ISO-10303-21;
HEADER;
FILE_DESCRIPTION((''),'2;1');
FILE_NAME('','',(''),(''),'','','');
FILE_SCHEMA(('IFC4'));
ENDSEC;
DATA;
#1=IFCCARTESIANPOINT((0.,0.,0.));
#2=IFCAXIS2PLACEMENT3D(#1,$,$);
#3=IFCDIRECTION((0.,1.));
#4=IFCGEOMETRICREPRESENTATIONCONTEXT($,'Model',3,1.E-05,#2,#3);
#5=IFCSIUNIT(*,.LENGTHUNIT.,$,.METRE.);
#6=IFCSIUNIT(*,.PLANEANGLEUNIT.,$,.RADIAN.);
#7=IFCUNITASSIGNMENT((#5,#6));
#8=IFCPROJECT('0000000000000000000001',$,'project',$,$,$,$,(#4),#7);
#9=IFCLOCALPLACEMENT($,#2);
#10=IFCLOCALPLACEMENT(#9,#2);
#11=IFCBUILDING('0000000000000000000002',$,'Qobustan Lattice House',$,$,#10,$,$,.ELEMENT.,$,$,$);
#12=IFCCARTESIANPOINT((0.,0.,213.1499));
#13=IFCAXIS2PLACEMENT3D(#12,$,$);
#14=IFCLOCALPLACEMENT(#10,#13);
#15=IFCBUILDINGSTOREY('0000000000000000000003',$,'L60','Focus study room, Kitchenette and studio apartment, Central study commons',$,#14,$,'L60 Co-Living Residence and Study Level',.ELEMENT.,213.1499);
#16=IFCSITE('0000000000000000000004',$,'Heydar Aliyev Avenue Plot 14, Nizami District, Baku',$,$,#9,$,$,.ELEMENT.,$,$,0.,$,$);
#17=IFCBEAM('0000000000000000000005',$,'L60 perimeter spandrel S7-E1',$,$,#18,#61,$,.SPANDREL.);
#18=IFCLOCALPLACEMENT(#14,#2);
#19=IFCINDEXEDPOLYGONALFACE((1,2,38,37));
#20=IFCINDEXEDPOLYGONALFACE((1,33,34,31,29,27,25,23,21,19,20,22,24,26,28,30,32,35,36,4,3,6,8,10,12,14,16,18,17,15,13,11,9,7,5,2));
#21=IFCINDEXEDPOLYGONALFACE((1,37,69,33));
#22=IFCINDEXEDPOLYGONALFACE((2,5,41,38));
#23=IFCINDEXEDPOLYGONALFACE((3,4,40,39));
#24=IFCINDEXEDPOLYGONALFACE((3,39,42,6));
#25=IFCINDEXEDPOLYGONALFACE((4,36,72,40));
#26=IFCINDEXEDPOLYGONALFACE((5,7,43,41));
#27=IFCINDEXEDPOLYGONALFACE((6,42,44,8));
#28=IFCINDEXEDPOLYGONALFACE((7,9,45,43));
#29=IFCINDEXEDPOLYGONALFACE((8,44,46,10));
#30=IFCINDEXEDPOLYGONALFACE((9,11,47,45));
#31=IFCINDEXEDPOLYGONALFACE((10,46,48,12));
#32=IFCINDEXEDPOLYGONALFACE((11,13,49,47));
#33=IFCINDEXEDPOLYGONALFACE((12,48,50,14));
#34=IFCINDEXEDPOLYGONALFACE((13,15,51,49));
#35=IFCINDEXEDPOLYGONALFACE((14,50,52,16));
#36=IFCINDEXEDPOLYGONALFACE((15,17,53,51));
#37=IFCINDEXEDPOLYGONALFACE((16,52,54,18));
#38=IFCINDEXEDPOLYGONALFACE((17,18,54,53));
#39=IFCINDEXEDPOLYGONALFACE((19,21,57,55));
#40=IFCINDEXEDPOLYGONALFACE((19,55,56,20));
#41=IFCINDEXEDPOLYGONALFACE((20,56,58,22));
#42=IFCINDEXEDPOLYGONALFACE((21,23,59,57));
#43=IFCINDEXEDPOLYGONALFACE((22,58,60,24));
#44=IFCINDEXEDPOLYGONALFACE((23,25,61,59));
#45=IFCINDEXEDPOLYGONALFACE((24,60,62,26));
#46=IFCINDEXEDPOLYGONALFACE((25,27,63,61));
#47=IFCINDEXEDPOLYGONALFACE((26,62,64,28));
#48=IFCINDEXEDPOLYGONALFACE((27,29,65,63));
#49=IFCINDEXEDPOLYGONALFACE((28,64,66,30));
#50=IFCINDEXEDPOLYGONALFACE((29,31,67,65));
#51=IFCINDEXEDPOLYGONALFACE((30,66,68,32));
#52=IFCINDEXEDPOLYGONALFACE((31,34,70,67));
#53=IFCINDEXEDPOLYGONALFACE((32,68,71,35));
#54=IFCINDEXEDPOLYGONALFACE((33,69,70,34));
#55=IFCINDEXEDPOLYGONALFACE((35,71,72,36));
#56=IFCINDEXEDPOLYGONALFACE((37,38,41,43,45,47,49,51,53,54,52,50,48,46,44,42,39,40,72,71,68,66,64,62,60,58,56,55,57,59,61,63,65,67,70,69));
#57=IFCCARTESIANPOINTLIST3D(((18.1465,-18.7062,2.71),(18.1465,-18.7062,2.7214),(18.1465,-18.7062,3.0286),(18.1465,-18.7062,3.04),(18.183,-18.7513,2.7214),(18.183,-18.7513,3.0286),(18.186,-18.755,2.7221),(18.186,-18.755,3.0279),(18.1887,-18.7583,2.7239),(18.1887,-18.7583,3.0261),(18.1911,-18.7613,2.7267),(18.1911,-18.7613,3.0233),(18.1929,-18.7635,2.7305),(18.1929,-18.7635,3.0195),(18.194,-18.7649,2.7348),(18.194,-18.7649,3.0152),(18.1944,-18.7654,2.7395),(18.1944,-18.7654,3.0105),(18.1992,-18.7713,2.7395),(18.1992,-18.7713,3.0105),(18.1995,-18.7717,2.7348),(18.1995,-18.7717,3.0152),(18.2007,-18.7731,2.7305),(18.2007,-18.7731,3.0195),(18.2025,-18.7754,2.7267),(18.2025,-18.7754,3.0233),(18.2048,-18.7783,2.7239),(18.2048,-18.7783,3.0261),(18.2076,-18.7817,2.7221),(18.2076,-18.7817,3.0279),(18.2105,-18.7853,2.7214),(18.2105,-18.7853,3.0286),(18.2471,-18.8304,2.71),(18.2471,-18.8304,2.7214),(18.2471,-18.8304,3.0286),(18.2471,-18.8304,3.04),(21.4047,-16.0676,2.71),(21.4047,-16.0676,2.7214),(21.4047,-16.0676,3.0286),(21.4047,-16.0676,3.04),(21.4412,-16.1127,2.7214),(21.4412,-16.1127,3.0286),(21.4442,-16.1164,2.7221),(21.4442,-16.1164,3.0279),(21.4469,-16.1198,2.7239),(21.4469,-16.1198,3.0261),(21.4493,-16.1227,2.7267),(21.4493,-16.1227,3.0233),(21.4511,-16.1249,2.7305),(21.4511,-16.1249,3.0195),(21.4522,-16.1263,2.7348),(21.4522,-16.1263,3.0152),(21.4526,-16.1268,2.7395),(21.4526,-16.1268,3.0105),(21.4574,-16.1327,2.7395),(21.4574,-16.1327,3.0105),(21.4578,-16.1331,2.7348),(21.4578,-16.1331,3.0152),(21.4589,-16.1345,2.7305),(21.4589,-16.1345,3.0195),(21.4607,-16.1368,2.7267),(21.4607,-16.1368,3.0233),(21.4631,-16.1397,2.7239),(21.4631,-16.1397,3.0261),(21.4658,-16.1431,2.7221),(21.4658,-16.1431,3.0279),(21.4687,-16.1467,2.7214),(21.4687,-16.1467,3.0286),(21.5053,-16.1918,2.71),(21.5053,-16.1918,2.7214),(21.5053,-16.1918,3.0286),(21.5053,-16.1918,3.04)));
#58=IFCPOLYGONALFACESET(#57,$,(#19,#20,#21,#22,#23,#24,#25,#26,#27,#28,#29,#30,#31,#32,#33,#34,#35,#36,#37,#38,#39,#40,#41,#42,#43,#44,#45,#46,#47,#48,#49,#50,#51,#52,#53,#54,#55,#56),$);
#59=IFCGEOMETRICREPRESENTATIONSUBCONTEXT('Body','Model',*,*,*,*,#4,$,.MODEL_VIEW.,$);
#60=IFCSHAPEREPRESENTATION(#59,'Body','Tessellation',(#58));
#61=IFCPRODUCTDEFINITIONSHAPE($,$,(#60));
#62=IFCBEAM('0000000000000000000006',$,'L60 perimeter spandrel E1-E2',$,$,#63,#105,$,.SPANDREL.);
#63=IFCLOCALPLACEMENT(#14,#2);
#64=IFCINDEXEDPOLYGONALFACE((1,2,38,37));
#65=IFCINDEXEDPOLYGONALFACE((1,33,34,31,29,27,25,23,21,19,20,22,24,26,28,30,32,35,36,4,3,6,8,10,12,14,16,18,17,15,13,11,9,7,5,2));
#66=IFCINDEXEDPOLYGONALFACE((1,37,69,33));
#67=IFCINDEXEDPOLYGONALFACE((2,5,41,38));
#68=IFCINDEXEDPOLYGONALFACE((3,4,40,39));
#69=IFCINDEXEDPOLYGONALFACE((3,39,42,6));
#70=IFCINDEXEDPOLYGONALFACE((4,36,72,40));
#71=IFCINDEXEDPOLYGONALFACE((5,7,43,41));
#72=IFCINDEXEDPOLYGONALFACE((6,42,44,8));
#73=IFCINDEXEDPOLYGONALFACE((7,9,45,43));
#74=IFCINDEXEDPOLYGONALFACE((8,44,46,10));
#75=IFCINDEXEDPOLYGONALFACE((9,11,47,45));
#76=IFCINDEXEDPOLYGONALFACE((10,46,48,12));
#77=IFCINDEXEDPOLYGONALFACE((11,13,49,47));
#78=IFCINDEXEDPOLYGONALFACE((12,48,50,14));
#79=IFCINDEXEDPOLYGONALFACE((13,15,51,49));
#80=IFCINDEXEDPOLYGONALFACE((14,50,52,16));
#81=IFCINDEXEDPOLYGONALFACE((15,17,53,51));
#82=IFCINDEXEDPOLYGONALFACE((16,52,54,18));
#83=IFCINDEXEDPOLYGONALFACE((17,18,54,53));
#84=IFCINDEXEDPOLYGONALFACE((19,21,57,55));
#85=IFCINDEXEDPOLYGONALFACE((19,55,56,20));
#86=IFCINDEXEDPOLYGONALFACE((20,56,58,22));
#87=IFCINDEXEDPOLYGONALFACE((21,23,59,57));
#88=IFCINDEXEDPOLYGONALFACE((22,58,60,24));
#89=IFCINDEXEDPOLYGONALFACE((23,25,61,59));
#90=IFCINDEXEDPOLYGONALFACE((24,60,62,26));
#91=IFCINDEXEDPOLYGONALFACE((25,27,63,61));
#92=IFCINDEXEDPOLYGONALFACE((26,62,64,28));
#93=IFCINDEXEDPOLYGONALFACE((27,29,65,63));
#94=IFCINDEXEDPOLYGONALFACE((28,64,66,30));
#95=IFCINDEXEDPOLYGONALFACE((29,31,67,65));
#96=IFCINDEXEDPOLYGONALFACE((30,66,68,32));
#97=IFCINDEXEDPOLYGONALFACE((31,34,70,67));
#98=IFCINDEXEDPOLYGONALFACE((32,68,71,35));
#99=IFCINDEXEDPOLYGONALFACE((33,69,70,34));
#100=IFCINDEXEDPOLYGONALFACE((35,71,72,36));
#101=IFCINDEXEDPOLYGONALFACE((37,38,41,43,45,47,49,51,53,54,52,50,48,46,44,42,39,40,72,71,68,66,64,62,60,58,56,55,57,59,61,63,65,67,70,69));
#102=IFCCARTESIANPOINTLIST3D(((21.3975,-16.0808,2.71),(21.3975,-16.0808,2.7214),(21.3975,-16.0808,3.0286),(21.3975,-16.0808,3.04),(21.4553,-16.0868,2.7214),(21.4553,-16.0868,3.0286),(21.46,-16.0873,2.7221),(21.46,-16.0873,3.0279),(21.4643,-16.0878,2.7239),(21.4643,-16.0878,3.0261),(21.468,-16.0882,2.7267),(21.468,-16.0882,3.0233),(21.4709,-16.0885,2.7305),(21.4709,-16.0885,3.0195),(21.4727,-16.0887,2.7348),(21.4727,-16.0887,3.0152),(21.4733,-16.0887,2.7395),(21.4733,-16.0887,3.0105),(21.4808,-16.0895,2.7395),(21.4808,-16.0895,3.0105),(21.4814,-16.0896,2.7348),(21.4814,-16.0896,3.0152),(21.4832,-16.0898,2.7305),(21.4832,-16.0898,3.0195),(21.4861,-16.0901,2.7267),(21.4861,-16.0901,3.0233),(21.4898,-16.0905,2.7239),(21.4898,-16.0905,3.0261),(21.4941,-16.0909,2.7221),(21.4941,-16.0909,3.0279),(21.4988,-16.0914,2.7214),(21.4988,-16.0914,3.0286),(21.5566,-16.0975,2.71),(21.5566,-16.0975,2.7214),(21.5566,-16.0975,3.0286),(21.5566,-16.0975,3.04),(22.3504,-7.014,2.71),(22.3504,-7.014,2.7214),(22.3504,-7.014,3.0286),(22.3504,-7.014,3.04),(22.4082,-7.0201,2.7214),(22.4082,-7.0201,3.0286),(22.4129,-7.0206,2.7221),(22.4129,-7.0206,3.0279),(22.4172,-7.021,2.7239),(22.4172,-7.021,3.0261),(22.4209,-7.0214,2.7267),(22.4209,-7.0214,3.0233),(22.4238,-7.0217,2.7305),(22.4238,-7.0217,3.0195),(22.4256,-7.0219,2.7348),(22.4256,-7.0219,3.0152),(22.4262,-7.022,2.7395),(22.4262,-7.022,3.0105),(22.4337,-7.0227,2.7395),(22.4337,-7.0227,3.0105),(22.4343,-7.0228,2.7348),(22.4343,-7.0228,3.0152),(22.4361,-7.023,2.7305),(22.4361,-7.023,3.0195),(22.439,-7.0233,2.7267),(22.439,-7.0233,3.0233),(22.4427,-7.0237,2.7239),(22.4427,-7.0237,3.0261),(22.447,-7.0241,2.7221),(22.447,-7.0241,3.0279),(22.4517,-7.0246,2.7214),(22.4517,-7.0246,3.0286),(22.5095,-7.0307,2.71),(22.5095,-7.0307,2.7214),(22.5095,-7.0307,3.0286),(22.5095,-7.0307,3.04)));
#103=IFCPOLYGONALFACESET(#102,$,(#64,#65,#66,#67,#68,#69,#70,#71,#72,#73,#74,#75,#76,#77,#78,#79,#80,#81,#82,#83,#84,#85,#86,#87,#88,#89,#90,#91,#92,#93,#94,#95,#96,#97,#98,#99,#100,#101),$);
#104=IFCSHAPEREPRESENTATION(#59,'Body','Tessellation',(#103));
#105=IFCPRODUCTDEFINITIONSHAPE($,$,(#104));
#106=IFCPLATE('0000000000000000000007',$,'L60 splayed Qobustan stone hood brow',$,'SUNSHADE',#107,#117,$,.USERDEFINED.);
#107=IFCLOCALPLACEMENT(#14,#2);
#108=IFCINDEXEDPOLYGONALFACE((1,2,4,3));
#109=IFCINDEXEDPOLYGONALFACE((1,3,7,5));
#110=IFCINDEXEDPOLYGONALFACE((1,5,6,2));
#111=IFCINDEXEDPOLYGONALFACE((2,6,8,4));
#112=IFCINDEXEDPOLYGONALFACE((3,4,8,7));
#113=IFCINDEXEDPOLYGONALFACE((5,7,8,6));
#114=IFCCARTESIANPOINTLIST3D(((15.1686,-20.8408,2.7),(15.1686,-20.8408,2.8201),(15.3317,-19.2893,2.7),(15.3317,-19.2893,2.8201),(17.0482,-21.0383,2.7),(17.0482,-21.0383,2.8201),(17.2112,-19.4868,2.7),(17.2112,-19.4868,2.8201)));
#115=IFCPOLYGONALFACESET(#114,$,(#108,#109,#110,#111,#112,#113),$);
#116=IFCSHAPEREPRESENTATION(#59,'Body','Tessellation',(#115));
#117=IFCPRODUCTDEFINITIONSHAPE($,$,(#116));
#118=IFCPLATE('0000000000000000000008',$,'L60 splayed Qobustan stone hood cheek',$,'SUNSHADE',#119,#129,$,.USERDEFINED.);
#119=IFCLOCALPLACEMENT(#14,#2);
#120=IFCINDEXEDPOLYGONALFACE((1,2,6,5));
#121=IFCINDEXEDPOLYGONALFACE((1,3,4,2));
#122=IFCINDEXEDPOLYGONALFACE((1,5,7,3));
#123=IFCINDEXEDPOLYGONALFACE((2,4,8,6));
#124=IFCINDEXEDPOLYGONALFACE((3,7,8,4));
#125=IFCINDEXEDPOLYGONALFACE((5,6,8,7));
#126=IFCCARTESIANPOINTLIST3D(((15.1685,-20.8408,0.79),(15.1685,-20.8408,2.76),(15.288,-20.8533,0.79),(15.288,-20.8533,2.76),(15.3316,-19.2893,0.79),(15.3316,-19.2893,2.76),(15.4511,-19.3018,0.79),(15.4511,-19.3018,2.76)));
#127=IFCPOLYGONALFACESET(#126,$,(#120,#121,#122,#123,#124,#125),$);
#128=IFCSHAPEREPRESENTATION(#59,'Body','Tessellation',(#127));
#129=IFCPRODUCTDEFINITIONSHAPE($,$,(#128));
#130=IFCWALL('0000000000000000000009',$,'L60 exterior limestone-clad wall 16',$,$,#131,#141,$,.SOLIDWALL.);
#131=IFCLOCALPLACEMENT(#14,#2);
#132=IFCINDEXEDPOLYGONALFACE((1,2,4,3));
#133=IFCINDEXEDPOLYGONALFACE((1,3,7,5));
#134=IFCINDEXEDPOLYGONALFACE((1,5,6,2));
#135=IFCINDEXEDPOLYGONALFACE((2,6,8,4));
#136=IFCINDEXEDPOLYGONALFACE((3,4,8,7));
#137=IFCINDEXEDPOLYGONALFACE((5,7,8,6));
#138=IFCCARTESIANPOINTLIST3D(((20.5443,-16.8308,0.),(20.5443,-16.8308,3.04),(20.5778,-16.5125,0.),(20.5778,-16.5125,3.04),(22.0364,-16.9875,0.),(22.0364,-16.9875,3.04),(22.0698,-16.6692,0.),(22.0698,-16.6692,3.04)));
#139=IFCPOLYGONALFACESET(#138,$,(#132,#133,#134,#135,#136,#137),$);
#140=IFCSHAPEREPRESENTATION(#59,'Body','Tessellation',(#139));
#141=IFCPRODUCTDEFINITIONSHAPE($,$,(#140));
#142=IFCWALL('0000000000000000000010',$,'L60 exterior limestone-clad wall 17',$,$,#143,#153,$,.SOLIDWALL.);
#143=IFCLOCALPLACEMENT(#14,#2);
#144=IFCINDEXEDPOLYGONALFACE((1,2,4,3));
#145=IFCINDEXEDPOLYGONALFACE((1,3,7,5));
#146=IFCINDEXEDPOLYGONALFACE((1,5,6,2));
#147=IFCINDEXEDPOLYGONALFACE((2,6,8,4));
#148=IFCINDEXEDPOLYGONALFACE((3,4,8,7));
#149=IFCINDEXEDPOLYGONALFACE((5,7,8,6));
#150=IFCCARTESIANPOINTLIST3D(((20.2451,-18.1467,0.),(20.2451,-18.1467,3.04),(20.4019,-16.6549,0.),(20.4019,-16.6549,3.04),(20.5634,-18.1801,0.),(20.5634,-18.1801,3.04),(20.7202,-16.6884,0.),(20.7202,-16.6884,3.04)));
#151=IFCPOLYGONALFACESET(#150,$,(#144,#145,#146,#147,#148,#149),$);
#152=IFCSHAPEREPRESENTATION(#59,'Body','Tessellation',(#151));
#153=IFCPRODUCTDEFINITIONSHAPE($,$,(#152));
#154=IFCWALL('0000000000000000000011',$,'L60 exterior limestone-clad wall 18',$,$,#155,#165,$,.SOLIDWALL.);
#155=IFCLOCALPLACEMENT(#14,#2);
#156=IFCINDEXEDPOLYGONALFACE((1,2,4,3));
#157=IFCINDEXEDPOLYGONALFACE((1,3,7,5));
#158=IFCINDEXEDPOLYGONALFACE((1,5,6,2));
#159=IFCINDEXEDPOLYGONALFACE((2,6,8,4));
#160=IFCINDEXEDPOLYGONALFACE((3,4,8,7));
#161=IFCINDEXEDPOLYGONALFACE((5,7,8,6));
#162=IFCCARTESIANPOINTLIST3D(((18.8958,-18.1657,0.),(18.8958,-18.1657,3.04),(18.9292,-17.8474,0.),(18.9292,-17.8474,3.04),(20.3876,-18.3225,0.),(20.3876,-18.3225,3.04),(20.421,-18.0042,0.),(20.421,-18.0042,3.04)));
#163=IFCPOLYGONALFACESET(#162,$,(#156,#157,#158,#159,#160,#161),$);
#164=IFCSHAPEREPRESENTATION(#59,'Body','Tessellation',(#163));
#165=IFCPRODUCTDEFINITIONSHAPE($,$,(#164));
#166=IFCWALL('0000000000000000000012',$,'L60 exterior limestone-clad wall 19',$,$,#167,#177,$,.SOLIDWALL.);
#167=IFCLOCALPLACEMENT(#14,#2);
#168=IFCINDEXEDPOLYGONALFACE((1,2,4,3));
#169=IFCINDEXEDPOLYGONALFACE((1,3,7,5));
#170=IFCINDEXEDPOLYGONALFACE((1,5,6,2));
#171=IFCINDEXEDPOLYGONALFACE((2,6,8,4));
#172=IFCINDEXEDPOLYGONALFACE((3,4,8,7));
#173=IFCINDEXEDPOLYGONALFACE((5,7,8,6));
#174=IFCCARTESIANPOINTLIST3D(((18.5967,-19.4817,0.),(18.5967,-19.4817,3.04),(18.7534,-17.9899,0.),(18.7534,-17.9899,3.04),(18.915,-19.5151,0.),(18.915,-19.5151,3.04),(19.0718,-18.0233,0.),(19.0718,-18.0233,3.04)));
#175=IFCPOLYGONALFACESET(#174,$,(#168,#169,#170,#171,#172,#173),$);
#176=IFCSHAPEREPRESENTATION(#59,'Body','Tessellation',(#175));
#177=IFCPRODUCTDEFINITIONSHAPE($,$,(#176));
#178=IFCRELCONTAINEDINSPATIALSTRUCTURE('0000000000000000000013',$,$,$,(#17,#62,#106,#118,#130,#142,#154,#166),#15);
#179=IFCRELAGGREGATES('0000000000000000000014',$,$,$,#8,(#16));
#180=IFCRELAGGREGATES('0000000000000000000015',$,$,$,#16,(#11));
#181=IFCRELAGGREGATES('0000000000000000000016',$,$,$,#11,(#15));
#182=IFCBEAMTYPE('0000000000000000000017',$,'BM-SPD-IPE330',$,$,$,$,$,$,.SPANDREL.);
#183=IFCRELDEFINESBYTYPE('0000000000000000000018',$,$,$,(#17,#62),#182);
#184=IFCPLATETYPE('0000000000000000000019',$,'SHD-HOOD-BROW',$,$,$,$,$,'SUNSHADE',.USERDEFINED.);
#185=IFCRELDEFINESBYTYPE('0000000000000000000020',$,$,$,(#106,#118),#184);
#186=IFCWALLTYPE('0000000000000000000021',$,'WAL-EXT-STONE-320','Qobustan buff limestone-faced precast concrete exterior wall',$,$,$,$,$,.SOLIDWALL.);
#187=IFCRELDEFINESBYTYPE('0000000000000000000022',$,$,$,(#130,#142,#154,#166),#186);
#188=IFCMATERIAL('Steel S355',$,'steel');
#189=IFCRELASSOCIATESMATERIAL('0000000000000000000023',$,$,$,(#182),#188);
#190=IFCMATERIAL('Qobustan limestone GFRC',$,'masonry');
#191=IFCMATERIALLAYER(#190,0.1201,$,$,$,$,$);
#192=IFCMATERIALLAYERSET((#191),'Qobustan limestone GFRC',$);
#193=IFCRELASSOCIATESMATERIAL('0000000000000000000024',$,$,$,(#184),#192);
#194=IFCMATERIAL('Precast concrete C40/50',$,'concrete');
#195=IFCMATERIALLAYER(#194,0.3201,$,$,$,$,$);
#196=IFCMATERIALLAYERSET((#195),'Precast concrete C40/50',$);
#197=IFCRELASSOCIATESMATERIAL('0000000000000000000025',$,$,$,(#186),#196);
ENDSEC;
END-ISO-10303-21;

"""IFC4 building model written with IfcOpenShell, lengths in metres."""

from ifc_helpers import new_model, si_unit, direction, frame, frame_2d, origin, origin_2d, place, context, subcontext, project, spatial, rectangle, i_section, extrude, material, layer, layer_set, material_profile, profile_set, type_object, element, save


model = new_model("IFC4")

# Units and contexts
model_context = context("Model", 3, precision=1e-05, world=origin(), true_north=direction((0.0, 1.0)))
body_context = subcontext(model_context, "Body", "Model", "MODEL_VIEW")
ifc_project = project(units=[si_unit("LENGTHUNIT", "METRE"), si_unit("PLANEANGLEUNIT", "RADIAN")], contexts=[model_context])

# Site, building, storey
site_placement = place(None, origin())
site = spatial("IfcSite", under=ifc_project, at=site_placement, Name="Heydar Aliyev Avenue Plot 14, Nizami District, Baku", CompositionType="ELEMENT", RefElevation=0.0)
building_placement = place(site_placement, origin())
building = spatial("IfcBuilding", under=site, at=building_placement, Name="Qobustan Lattice House", CompositionType="ELEMENT")
storey_placement = place(building_placement, frame((0.0, 0.0, 213.1499)))
storey = spatial("IfcBuildingStorey", under=building, at=storey_placement, Name="L60", Description="Focus study room, Kitchenette and studio apartment, Central study commons", LongName="L60 Co-Living Residence and Study Level", CompositionType="ELEMENT", Elevation=213.1499)

# Beams
ifc_material_1 = material(Name="Steel S355", Category="steel")
ifc_material_profile_1 = material_profile(ifc_material_1, i_section(OverallWidth=0.1599, OverallDepth=0.3301, WebThickness=0.0076, FlangeThickness=0.0115, FilletRadius=0.0181, at=origin_2d()), Name="IPE330")
ifc_profile_set_1 = profile_set([ifc_material_profile_1], Name="Steel S355")
beam_type_1 = type_object("IfcBeamType", Name="BM-SPD-IPE330", PredefinedType="SPANDREL", material=ifc_profile_set_1)
beam_1_placement = place(storey_placement, frame((18.1968, -18.7683, 2.875), z_axis=(0.777128, 0.629342, 0.0), x_axis=(-0.629342, 0.777128, 0.0)))
element("IfcBeam", 1, at=beam_1_placement, inside=storey, type_object=beam_type_1, Name="L60 perimeter spandrel S7-E1", PredefinedType="SPANDREL", context=body_context, shape_type="SweptSolid", body=[
    extrude(i_section(OverallWidth=0.1599, OverallDepth=0.3301, WebThickness=0.0076, FlangeThickness=0.0115, FilletRadius=0.0181, at=origin_2d()), origin(), (0.0, 0.0, 1.0), 4.1926),
])
beam_2_placement = place(storey_placement, frame((21.4771, -16.0891, 2.875), z_axis=(0.104522, 0.994523, 0.0), x_axis=(-0.994523, 0.104522, 0.0)))
element("IfcBeam", 2, at=beam_2_placement, inside=storey, type_object=beam_type_1, Name="L60 perimeter spandrel E1-E2", PredefinedType="SPANDREL", context=body_context, shape_type="SweptSolid", body=[
    extrude(i_section(OverallWidth=0.1599, OverallDepth=0.3301, WebThickness=0.0076, FlangeThickness=0.0115, FilletRadius=0.0181, at=origin_2d()), origin(), (0.0, 0.0, 1.0), 9.1167),
])

# Plates
ifc_material_2 = material(Name="Qobustan limestone GFRC", Category="masonry")
ifc_layer_1 = layer(ifc_material_2, 0.1201)
ifc_layer_set_1 = layer_set([ifc_layer_1], Name="Qobustan limestone GFRC")
plate_type = type_object("IfcPlateType", Name="SHD-HOOD-BROW", ElementType="SUNSHADE", PredefinedType="USERDEFINED", material=ifc_layer_set_1)
plate_1_placement = place(storey_placement, frame((16.1899, -20.1638, 2.7), z_axis=(0.0, 0.0, 1.0), x_axis=(-0.994522, 0.104528, 0.0)))
element("IfcPlate", 3, at=plate_1_placement, inside=storey, type_object=plate_type, Name="L60 splayed Qobustan stone hood brow", ObjectType="SUNSHADE", PredefinedType="USERDEFINED", context=body_context, shape_type="SweptSolid", body=[
    extrude(rectangle(XDim=1.8899, YDim=1.5601, at=origin_2d()), origin(), (0.0, 0.0, 1.0), 0.1201),
])
plate_2_placement = place(storey_placement, frame((15.3098, -20.0713, 0.79), z_axis=(0.0, 0.0, 1.0), x_axis=(-0.994522, 0.104528, 0.0)))
element("IfcPlate", 4, at=plate_2_placement, inside=storey, type_object=plate_type, Name="L60 splayed Qobustan stone hood cheek", ObjectType="SUNSHADE", PredefinedType="USERDEFINED", context=body_context, shape_type="SweptSolid", body=[
    extrude(rectangle(XDim=0.1201, YDim=1.5601, at=origin_2d()), origin(), (0.0, 0.0, 1.0), 1.97),
])

# Walls
ifc_material_3 = material(Name="Precast concrete C40/50", Category="concrete")
ifc_layer_2 = layer(ifc_material_3, 0.3201)
ifc_layer_set_2 = layer_set([ifc_layer_2], Name="Precast concrete C40/50")
wall_type_1 = type_object("IfcWallType", Name="WAL-EXT-STONE-320", Description="Qobustan buff limestone-faced precast concrete exterior wall", PredefinedType="SOLIDWALL", material=ifc_layer_set_2)
wall_1_placement = place(storey_placement, frame((22.053, -16.8284, 0.0), z_axis=(0.0, 0.0, 1.0), x_axis=(-0.994527, 0.104481, 0.0)))
element("IfcWall", 5, at=wall_1_placement, inside=storey, type_object=wall_type_1, Name="L60 exterior limestone-clad wall 16", PredefinedType="SOLIDWALL", context=body_context, shape_type="SweptSolid", body=[
    extrude(rectangle(XDim=1.5002, YDim=0.3201, at=frame_2d((0.75, 0.0))), origin(), (0.0, 0.0, 1.0), 3.04),
])
for number, where, z_axis, x_axis, name in (
    (6, (20.561, -16.6716, 0.0), (0.0, 0.0, 1.0), (-0.104498, -0.994525, 0.0), "L60 exterior limestone-clad wall 17"),
    (7, (20.4043, -18.1633, 0.0), (0.0, 0.0, 1.0), (-0.994525, 0.104498, 0.0), "L60 exterior limestone-clad wall 18"),
    (8, (18.9126, -18.0066, 0.0), (0.0, 0.0, 1.0), (-0.104498, -0.994525, 0.0), "L60 exterior limestone-clad wall 19"),
):
    element("IfcWall", number, at=place(storey_placement, frame(where, z_axis=z_axis, x_axis=x_axis)), inside=storey, type_object=wall_type_1, Name=name, PredefinedType="SOLIDWALL", context=body_context, shape_type="SweptSolid", body=[
        extrude(rectangle(XDim=1.5, YDim=0.3201, at=frame_2d((0.75, 0.0))), origin(), (0.0, 0.0, 1.0), 3.04),
    ])

save(model, "model.ifc")
